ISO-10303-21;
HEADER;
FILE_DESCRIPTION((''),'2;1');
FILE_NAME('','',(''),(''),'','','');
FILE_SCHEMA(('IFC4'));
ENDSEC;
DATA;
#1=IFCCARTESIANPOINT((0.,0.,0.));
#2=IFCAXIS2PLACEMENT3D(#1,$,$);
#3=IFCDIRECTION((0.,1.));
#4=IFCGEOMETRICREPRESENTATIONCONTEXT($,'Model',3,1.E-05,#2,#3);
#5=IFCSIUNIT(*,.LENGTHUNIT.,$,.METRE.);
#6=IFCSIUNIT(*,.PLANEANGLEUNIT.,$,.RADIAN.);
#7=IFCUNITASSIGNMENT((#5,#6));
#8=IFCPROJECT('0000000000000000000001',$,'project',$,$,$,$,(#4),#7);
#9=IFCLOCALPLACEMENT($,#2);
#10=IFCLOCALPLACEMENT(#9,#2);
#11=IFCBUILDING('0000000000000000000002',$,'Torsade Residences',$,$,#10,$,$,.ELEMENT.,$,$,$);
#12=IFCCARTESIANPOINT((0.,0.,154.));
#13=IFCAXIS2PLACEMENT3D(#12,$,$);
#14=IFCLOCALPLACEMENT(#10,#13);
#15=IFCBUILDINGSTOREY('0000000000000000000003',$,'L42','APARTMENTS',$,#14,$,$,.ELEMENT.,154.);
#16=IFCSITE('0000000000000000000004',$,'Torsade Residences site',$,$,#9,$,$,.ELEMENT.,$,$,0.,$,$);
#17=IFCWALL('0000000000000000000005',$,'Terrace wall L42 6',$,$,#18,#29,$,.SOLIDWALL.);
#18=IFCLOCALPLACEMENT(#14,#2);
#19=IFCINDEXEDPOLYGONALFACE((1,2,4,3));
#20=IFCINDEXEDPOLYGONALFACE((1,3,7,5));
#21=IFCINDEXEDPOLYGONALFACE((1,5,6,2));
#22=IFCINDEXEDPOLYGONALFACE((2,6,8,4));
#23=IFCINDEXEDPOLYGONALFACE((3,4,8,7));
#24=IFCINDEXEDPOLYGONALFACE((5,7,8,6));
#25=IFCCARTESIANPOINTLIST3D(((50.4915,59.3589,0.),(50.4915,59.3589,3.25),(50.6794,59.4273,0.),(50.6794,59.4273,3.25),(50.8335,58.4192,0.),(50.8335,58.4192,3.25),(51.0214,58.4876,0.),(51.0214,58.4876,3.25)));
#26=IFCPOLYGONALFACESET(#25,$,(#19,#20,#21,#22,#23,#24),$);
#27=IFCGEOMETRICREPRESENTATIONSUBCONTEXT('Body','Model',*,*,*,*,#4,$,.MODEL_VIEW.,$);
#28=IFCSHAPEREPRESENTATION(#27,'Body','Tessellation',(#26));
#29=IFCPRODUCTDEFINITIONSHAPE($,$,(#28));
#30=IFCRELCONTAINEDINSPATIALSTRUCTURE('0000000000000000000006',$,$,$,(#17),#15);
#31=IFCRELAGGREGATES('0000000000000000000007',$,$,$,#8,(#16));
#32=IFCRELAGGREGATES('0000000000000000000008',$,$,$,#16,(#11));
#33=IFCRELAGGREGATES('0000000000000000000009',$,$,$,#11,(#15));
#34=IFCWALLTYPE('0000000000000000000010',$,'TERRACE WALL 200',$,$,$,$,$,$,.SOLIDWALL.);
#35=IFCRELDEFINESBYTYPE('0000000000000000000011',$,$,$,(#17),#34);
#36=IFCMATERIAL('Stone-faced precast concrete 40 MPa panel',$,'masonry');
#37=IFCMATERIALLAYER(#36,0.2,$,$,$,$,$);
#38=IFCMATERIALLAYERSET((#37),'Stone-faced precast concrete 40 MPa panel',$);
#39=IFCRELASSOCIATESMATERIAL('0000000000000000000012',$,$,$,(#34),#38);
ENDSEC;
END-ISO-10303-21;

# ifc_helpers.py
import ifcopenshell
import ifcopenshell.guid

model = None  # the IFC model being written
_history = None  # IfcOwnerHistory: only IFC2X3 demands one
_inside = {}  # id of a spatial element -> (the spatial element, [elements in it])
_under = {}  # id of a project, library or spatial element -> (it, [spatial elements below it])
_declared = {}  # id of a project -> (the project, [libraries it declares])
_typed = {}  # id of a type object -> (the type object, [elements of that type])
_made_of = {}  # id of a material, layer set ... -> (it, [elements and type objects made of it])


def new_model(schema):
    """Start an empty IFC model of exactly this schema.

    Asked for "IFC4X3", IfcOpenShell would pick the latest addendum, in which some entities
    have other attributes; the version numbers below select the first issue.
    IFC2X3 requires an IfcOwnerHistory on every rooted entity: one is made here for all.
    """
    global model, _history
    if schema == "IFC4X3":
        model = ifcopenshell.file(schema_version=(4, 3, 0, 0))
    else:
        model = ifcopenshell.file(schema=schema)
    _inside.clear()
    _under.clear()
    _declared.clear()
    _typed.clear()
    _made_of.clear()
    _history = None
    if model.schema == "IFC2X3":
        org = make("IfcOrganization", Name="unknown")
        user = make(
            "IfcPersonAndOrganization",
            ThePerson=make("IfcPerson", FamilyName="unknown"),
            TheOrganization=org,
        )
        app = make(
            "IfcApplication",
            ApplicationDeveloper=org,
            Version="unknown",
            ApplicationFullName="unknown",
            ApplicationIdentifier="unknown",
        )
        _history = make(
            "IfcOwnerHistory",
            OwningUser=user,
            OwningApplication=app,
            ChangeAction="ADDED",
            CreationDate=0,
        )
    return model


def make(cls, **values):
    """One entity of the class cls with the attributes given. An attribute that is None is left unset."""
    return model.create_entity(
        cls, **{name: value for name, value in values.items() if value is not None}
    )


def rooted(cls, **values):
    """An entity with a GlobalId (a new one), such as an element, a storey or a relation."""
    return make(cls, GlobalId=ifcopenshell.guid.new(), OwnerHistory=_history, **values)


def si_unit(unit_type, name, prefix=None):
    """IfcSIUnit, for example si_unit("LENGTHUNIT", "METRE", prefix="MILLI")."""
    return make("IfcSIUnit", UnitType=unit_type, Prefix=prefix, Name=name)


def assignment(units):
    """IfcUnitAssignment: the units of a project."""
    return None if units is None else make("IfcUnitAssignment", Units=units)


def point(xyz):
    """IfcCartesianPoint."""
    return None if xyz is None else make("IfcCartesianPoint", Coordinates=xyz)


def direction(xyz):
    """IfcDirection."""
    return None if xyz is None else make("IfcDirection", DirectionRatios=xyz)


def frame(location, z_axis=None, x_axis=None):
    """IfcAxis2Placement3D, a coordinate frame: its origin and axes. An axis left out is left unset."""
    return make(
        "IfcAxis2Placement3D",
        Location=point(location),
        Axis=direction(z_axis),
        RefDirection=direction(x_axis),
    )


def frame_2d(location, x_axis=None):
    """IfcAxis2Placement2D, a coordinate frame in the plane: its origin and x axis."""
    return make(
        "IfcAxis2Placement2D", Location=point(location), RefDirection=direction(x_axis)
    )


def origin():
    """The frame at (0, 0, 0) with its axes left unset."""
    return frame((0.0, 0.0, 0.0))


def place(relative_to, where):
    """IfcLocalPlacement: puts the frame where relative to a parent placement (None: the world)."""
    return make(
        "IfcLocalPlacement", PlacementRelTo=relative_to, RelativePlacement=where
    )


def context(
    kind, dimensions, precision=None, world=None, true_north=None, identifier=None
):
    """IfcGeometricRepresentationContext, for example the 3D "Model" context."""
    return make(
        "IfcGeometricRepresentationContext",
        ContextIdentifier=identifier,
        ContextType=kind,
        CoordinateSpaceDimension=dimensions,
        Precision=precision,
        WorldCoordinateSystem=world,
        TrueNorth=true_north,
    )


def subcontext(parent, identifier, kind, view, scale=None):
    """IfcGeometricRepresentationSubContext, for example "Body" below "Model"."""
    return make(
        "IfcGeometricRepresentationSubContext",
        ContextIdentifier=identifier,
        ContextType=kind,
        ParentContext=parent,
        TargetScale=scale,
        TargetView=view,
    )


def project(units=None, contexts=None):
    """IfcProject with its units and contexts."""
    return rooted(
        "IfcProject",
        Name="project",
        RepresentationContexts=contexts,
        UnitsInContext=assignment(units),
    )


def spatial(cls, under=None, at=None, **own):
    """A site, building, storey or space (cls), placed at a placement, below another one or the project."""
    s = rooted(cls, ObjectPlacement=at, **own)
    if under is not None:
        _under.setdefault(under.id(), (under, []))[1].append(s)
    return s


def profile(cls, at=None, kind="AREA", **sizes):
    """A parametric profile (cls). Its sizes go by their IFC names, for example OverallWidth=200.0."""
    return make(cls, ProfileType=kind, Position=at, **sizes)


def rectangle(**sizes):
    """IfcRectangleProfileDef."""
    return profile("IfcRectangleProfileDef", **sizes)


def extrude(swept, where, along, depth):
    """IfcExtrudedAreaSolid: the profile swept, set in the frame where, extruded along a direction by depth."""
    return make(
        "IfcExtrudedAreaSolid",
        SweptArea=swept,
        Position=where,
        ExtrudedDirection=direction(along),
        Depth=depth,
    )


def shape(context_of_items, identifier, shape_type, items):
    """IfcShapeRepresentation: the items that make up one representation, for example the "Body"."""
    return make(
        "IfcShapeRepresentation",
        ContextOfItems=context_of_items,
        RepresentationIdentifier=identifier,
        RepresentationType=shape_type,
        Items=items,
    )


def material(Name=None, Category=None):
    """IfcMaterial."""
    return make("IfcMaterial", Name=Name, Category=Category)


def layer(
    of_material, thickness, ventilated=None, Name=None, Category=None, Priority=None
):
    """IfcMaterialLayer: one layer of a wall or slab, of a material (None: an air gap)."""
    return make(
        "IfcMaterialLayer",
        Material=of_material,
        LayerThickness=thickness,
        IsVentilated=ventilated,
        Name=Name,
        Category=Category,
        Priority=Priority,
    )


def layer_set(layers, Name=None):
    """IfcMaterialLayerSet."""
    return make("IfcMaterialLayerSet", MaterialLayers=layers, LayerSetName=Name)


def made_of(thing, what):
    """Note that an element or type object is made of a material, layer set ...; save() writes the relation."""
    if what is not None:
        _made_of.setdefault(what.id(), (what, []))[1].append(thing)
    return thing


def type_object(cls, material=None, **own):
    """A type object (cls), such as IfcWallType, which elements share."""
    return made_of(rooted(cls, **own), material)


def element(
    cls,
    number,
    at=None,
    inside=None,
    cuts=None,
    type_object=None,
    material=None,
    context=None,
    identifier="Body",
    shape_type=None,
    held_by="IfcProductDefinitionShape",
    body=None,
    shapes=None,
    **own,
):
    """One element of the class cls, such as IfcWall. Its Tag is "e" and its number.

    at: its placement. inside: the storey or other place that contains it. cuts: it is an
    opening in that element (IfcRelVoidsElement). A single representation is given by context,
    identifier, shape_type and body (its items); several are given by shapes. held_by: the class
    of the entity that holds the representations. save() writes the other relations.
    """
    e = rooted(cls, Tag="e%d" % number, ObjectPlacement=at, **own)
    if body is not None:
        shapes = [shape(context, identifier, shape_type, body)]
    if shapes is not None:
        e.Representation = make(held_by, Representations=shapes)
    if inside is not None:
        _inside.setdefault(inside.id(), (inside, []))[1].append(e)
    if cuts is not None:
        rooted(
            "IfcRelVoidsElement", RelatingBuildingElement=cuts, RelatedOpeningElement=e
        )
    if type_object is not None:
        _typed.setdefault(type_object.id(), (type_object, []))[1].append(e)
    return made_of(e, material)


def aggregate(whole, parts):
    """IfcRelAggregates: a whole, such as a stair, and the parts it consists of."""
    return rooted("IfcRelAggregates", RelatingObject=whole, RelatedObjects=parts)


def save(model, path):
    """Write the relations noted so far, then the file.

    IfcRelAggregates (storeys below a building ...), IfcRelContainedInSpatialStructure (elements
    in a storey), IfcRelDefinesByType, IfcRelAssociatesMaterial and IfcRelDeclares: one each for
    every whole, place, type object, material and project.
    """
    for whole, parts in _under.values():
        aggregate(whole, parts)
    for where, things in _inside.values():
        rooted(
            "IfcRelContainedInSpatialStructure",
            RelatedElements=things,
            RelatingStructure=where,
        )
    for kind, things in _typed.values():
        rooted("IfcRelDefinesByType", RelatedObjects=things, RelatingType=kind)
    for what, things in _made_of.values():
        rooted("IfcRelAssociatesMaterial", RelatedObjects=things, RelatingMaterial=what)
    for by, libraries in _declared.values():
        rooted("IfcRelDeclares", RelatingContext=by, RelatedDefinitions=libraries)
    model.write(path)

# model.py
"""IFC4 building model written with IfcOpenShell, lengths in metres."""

from ifc_helpers import new_model, si_unit, direction, frame, frame_2d, origin, place, context, subcontext, project, spatial, rectangle, extrude, material, layer, layer_set, type_object, element, save


model = new_model("IFC4")

# Units and contexts
model_context = context("Model", 3, precision=1e-05, world=origin(), true_north=direction((0.0, 1.0)))
body_context = subcontext(model_context, "Body", "Model", "MODEL_VIEW")
ifc_project = project(units=[si_unit("LENGTHUNIT", "METRE"), si_unit("PLANEANGLEUNIT", "RADIAN")], contexts=[model_context])

# Site, building, storey
site_placement = place(None, origin())
site = spatial("IfcSite", under=ifc_project, at=site_placement, Name="Torsade Residences site", CompositionType="ELEMENT", RefElevation=0.0)
building_placement = place(site_placement, origin())
building = spatial("IfcBuilding", under=site, at=building_placement, Name="Torsade Residences", CompositionType="ELEMENT")
storey_placement = place(building_placement, frame((0.0, 0.0, 154.0)))
storey = spatial("IfcBuildingStorey", under=building, at=storey_placement, Name="L42", Description="APARTMENTS", CompositionType="ELEMENT", Elevation=154.0)

# Wall
ifc_material_1 = material(Name="Stone-faced precast concrete 40 MPa panel", Category="masonry")
ifc_layer_1 = layer(ifc_material_1, 0.2)
ifc_layer_set_1 = layer_set([ifc_layer_1], Name="Stone-faced precast concrete 40 MPa panel")
wall_type_1 = type_object("IfcWallType", Name="TERRACE WALL 200", PredefinedType="SOLIDWALL", material=ifc_layer_set_1)
wall_1_placement = place(storey_placement, frame((50.9275, 58.4534, 0.0), z_axis=(0.0, 0.0, 1.0), x_axis=(-0.342037, 0.939686, 0.0)))
element("IfcWall", 1, at=wall_1_placement, inside=storey, type_object=wall_type_1, Name="Terrace wall L42 6", PredefinedType="SOLIDWALL", context=body_context, shape_type="SweptSolid", body=[
    extrude(rectangle(XDim=1.0, YDim=0.2, at=frame_2d((0.5, 0.0))), origin(), (0.0, 0.0, 1.0), 3.25),
])

save(model, "model.ifc")
